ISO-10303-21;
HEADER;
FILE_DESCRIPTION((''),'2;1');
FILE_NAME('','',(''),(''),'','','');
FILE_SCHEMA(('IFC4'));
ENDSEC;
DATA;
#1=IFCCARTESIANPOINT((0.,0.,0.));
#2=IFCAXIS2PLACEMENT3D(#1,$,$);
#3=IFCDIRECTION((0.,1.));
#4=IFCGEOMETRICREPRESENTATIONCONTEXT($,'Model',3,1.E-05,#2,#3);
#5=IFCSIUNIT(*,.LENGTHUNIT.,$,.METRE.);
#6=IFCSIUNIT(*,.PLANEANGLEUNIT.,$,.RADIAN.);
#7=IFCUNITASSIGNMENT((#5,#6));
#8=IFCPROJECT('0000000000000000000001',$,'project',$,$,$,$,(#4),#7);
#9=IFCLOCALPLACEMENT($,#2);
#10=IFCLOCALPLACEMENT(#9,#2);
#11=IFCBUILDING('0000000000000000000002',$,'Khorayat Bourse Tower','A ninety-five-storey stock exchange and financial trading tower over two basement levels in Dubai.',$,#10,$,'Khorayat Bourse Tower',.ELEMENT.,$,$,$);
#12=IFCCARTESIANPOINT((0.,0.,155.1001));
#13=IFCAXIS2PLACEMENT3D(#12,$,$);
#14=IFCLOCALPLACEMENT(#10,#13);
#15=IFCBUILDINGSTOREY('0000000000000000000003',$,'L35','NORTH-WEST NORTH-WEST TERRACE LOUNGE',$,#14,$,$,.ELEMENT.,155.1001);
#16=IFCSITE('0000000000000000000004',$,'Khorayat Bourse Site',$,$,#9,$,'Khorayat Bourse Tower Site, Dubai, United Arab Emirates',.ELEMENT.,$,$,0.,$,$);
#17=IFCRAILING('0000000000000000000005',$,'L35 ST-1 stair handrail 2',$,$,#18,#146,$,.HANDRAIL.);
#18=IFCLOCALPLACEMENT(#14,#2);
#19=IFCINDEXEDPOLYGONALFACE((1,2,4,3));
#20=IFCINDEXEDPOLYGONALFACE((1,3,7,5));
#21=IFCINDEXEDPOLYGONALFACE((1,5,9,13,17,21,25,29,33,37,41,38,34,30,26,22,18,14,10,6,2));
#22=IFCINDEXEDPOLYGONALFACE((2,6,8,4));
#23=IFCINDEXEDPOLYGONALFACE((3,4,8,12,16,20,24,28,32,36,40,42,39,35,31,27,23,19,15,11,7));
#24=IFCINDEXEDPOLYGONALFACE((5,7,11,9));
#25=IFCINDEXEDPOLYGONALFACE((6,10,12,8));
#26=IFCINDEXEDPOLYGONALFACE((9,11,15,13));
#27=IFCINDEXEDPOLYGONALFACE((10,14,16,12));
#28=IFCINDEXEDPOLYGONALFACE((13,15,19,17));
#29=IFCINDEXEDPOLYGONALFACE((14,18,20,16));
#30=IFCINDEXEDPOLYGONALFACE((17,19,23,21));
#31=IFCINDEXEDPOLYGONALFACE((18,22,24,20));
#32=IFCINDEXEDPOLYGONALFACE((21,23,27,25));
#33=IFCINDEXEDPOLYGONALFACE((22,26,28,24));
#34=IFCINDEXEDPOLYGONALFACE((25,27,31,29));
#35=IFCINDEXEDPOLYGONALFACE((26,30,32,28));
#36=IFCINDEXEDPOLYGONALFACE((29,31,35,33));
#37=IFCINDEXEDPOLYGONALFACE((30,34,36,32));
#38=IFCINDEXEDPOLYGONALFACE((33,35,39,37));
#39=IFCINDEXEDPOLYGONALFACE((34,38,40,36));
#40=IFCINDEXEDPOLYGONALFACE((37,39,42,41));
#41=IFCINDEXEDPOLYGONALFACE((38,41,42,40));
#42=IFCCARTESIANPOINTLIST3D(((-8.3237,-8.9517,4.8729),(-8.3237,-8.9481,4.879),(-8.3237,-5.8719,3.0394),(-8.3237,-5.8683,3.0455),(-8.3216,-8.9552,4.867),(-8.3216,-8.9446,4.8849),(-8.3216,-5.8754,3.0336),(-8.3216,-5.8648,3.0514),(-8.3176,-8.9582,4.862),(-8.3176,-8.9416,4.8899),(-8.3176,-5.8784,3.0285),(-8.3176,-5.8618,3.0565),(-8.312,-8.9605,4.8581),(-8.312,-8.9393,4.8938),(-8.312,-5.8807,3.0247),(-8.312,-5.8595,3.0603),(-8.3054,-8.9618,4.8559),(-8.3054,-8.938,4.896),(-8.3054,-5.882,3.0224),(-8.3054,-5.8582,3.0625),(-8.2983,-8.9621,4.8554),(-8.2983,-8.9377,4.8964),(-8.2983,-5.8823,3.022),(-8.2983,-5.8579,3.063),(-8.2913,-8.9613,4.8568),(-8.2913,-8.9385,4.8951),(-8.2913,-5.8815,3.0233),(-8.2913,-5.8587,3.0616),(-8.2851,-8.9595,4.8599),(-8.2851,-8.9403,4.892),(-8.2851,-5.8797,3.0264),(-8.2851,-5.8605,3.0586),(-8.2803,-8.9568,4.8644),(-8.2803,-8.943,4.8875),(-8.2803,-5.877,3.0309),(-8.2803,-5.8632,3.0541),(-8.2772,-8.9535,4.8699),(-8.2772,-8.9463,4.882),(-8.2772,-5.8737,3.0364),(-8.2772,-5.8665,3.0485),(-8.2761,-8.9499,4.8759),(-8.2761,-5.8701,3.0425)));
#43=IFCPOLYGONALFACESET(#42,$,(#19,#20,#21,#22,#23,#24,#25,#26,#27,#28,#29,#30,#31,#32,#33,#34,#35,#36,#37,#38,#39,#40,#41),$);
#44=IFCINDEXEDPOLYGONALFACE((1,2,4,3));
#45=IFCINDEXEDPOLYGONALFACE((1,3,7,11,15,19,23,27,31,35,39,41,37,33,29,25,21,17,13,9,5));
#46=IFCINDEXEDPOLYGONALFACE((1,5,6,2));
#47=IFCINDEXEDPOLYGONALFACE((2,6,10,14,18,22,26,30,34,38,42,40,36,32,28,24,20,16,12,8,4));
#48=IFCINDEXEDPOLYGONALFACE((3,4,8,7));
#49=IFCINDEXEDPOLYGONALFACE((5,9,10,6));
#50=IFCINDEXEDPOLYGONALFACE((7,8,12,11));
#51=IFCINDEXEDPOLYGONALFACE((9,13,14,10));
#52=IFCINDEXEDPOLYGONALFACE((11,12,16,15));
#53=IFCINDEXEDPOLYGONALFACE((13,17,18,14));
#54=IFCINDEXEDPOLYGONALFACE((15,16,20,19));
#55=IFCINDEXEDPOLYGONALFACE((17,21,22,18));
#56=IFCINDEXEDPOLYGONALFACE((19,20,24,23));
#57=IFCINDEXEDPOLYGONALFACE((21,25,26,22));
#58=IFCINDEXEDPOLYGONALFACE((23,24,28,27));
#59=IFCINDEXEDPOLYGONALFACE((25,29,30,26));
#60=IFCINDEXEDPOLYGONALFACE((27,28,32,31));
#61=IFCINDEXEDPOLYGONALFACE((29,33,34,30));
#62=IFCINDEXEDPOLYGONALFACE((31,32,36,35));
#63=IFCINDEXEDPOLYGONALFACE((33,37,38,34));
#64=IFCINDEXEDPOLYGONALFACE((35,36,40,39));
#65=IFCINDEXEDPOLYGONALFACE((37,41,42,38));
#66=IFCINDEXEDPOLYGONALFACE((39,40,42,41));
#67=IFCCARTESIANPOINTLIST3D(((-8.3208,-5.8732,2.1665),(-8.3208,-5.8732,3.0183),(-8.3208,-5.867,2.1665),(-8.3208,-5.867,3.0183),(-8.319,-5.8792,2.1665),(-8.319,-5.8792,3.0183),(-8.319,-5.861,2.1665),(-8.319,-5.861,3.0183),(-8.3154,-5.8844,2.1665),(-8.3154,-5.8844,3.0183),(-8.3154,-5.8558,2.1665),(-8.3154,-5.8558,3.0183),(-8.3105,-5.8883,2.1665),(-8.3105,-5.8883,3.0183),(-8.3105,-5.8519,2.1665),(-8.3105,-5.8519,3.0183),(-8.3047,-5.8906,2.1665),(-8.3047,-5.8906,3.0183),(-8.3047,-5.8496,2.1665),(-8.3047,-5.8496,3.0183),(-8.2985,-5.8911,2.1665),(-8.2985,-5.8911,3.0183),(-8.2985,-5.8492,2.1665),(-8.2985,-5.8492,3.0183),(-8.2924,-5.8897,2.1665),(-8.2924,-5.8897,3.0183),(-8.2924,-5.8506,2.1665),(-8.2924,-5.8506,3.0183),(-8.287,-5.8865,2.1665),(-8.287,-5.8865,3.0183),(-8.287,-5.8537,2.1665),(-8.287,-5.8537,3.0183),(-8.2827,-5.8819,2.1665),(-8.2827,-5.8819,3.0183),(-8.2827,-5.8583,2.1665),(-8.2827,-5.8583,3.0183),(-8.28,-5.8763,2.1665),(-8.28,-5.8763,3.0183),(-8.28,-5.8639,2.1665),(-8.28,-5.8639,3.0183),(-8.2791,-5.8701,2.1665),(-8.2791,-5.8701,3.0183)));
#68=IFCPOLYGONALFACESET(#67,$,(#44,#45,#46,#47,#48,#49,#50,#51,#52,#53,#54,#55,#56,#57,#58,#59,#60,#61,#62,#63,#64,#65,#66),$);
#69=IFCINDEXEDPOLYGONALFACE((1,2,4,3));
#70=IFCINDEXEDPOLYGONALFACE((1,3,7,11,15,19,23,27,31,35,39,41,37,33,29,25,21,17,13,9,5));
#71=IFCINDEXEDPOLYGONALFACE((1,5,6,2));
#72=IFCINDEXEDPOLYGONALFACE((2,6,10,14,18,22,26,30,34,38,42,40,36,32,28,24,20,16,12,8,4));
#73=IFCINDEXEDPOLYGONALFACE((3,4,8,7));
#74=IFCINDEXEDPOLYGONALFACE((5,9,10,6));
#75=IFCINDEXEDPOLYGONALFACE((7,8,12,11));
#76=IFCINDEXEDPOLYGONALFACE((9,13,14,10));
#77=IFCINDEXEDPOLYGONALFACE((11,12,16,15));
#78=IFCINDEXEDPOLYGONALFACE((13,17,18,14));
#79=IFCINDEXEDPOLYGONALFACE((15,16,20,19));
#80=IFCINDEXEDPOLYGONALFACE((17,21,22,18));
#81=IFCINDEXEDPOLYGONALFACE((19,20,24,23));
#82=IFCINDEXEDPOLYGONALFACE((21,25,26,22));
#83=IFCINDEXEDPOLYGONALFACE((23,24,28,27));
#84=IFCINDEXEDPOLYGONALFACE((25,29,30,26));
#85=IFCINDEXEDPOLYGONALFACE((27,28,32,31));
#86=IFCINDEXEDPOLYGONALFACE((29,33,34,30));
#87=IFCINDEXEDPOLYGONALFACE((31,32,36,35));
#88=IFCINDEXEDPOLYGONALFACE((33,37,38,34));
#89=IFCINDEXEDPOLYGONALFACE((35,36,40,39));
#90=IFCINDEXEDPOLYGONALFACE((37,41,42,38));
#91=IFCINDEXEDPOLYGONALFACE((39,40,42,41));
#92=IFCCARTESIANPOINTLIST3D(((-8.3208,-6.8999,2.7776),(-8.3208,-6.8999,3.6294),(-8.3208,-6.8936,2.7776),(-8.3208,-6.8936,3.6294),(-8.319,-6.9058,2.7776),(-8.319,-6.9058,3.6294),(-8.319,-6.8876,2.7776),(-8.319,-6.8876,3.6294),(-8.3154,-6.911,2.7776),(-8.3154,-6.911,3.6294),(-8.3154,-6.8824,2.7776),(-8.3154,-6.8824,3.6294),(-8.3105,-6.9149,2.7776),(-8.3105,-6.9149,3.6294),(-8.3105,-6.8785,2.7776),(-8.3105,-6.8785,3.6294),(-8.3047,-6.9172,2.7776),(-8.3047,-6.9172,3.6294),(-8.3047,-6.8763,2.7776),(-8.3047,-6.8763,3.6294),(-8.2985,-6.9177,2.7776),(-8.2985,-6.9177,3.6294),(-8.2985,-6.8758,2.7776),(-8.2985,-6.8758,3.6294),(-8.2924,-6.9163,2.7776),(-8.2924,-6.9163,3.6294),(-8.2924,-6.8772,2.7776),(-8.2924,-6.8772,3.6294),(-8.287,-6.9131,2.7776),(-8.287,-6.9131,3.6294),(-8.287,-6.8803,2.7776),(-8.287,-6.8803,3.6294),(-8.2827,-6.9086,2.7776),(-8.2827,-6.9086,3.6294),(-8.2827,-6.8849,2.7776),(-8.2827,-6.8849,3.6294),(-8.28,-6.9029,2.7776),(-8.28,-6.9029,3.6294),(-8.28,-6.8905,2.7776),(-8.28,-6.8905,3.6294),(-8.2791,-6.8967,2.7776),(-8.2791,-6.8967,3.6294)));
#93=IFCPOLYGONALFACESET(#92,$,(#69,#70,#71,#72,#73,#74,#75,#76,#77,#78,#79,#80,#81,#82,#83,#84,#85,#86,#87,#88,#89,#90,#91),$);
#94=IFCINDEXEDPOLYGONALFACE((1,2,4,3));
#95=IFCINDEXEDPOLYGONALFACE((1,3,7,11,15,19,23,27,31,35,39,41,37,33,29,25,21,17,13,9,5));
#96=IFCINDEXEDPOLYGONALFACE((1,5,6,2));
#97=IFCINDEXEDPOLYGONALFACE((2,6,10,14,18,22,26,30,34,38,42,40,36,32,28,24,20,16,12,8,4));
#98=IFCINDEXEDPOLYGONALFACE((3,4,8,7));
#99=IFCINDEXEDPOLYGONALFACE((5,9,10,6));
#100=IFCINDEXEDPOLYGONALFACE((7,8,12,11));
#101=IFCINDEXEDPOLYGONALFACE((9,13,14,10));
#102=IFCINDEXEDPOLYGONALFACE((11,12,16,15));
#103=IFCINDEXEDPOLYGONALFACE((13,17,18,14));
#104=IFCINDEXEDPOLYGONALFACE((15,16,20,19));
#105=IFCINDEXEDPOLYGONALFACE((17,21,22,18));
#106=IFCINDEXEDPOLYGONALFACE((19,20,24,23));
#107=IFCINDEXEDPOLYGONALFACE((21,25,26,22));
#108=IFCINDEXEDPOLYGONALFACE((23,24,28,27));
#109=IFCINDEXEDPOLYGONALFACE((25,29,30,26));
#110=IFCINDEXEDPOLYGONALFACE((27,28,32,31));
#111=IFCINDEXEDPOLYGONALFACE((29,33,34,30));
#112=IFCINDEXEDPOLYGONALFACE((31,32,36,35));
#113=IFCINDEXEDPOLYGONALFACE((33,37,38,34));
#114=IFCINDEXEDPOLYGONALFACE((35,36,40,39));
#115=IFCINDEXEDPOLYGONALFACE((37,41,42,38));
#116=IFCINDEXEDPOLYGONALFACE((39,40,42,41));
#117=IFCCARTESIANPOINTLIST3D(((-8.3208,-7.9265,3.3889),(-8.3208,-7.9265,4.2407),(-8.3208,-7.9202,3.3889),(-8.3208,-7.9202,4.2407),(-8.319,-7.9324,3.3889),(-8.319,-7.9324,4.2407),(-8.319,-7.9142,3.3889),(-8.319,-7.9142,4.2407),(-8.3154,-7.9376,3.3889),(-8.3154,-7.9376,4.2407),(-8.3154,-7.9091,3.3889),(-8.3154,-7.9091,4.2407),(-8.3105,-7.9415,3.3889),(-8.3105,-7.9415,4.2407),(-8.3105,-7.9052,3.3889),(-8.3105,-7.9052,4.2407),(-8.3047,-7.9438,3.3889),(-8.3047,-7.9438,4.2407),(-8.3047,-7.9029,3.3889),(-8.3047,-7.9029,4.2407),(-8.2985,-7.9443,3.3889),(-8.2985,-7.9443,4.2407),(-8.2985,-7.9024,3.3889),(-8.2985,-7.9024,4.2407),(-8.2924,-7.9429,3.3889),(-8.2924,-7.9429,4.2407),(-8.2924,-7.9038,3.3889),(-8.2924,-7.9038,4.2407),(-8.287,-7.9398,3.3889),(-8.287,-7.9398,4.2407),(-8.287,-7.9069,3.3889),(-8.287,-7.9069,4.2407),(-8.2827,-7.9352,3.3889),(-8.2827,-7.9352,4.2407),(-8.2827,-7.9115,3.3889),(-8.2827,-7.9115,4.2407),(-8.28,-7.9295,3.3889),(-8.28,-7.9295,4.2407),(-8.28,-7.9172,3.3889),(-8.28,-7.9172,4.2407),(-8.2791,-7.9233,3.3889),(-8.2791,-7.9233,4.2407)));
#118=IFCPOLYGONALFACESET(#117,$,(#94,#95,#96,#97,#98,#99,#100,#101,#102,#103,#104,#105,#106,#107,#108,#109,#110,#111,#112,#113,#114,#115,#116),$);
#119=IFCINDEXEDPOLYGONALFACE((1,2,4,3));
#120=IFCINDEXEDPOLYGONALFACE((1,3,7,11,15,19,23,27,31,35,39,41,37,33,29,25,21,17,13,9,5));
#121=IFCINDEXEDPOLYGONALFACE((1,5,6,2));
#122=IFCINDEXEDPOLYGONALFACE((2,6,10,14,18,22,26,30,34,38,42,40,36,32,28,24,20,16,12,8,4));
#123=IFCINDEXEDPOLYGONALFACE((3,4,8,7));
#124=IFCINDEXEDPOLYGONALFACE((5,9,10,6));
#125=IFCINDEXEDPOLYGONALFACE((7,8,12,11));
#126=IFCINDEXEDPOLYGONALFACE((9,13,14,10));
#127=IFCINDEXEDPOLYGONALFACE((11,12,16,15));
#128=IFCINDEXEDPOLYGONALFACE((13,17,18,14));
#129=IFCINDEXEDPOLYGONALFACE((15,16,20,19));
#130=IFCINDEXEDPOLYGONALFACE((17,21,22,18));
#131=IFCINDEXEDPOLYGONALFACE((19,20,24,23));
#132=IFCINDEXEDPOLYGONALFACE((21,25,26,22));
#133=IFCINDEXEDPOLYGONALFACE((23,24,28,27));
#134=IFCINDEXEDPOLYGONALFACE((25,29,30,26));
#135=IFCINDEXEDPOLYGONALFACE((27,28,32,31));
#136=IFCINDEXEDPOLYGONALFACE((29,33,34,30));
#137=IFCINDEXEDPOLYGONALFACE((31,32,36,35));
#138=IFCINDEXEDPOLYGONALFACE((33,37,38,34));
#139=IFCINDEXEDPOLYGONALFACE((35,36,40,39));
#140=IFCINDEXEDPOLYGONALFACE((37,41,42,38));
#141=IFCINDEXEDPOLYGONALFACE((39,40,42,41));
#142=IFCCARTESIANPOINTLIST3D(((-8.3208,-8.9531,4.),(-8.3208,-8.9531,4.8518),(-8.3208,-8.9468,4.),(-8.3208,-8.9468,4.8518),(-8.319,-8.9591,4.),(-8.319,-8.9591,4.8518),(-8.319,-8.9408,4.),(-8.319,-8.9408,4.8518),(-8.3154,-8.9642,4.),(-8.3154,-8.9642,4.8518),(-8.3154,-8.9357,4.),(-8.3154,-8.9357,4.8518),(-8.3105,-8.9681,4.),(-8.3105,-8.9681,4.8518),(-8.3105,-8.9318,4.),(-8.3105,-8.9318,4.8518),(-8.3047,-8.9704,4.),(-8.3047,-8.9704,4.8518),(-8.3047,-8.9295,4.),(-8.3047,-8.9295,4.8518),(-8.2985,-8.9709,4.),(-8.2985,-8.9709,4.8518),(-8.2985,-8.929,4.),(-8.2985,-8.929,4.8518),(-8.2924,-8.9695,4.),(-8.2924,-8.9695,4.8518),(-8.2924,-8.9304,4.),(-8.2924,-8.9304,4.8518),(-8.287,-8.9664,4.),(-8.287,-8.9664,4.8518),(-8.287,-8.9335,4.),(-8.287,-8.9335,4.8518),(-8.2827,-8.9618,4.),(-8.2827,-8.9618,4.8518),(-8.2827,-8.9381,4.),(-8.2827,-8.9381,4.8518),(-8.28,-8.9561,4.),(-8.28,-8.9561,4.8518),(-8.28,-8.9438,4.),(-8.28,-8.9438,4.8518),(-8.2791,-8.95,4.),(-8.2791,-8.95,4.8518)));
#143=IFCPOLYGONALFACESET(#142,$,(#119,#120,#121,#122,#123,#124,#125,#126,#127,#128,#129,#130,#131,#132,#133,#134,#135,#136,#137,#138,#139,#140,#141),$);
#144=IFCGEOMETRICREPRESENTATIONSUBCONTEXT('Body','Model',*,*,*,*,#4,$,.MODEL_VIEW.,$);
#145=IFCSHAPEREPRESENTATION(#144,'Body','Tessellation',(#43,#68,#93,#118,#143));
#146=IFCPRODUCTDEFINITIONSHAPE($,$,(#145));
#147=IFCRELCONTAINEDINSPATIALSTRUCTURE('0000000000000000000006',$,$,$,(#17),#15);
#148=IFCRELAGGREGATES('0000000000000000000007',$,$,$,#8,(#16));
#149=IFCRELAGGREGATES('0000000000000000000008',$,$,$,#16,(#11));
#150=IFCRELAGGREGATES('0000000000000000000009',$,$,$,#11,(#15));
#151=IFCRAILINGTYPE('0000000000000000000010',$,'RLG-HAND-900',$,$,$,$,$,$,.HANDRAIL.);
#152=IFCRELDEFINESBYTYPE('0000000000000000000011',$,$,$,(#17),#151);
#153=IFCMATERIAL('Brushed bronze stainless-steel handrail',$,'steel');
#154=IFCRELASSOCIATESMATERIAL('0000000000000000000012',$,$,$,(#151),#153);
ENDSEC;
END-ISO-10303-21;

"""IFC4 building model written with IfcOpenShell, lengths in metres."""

from ifc_helpers import new_model, si_unit, direction, frame, origin, origin_2d, place, context, subcontext, project, spatial, circle, extrude, source, transform, mapped, material, type_object, element, save


model = new_model("IFC4")

# Units and contexts
model_context = context("Model", 3, precision=1e-05, world=origin(), true_north=direction((0.0, 1.0)))
body_context = subcontext(model_context, "Body", "Model", "MODEL_VIEW")
ifc_project = project(units=[si_unit("LENGTHUNIT", "METRE"), si_unit("PLANEANGLEUNIT", "RADIAN")], contexts=[model_context])

# Site, building, storey
site_placement = place(None, origin())
site = spatial("IfcSite", under=ifc_project, at=site_placement, Name="Khorayat Bourse Site", LongName="Khorayat Bourse Tower Site, Dubai, United Arab Emirates", CompositionType="ELEMENT", RefElevation=0.0)
building_placement = place(site_placement, origin())
building = spatial("IfcBuilding", under=site, at=building_placement, Name="Khorayat Bourse Tower", Description="A ninety-five-storey stock exchange and financial trading tower over two basement levels in Dubai.", LongName="Khorayat Bourse Tower", CompositionType="ELEMENT")
storey_placement = place(building_placement, frame((0.0, 0.0, 155.1001)))
storey = spatial("IfcBuildingStorey", under=building, at=storey_placement, Name="L35", Description="NORTH-WEST NORTH-WEST TERRACE LOUNGE", CompositionType="ELEMENT", Elevation=155.1001)

# Railing
ifc_material_1 = material(Name="Brushed bronze stainless-steel handrail", Category="steel")
railing_type_1 = type_object("IfcRailingType", Name="RLG-HAND-900", PredefinedType="HANDRAIL", material=ifc_material_1)
shared_shape_1 = source(origin(), body_context, "Body", "SweptSolid", [
    extrude(circle(Radius=0.0239, at=origin_2d()), frame((0.0, 0.0, 0.876), z_axis=(0.0, -0.859261, 0.511538), x_axis=(1.0, 0.0, 0.0)), (0.0, 0.0, 1.0), 3.5842),
    extrude(circle(Radius=0.021, at=origin_2d()), origin(), (0.0, 0.0, 1.0), 0.8518),
    extrude(circle(Radius=0.021, at=origin_2d()), frame((0.0, -1.0266, 0.6111)), (0.0, 0.0, 1.0), 0.8518),
    extrude(circle(Radius=0.021, at=origin_2d()), frame((0.0, -2.0532, 1.2224)), (0.0, 0.0, 1.0), 0.8518),
    extrude(circle(Radius=0.021, at=origin_2d()), frame((0.0, -3.0798, 1.8335)), (0.0, 0.0, 1.0), 0.8518),
])
railing_1_placement = place(storey_placement, frame((-8.3, -5.8701, 2.1665)))
element("IfcRailing", 1, at=railing_1_placement, inside=storey, type_object=railing_type_1, Name="L35 ST-1 stair handrail 2", PredefinedType="HANDRAIL", context=body_context, shape_type="MappedRepresentation", body=[
    mapped(shared_shape_1, transform((0.0, 0.0, 0.0), scale=1.0)),
])

save(model, "model.ifc")
